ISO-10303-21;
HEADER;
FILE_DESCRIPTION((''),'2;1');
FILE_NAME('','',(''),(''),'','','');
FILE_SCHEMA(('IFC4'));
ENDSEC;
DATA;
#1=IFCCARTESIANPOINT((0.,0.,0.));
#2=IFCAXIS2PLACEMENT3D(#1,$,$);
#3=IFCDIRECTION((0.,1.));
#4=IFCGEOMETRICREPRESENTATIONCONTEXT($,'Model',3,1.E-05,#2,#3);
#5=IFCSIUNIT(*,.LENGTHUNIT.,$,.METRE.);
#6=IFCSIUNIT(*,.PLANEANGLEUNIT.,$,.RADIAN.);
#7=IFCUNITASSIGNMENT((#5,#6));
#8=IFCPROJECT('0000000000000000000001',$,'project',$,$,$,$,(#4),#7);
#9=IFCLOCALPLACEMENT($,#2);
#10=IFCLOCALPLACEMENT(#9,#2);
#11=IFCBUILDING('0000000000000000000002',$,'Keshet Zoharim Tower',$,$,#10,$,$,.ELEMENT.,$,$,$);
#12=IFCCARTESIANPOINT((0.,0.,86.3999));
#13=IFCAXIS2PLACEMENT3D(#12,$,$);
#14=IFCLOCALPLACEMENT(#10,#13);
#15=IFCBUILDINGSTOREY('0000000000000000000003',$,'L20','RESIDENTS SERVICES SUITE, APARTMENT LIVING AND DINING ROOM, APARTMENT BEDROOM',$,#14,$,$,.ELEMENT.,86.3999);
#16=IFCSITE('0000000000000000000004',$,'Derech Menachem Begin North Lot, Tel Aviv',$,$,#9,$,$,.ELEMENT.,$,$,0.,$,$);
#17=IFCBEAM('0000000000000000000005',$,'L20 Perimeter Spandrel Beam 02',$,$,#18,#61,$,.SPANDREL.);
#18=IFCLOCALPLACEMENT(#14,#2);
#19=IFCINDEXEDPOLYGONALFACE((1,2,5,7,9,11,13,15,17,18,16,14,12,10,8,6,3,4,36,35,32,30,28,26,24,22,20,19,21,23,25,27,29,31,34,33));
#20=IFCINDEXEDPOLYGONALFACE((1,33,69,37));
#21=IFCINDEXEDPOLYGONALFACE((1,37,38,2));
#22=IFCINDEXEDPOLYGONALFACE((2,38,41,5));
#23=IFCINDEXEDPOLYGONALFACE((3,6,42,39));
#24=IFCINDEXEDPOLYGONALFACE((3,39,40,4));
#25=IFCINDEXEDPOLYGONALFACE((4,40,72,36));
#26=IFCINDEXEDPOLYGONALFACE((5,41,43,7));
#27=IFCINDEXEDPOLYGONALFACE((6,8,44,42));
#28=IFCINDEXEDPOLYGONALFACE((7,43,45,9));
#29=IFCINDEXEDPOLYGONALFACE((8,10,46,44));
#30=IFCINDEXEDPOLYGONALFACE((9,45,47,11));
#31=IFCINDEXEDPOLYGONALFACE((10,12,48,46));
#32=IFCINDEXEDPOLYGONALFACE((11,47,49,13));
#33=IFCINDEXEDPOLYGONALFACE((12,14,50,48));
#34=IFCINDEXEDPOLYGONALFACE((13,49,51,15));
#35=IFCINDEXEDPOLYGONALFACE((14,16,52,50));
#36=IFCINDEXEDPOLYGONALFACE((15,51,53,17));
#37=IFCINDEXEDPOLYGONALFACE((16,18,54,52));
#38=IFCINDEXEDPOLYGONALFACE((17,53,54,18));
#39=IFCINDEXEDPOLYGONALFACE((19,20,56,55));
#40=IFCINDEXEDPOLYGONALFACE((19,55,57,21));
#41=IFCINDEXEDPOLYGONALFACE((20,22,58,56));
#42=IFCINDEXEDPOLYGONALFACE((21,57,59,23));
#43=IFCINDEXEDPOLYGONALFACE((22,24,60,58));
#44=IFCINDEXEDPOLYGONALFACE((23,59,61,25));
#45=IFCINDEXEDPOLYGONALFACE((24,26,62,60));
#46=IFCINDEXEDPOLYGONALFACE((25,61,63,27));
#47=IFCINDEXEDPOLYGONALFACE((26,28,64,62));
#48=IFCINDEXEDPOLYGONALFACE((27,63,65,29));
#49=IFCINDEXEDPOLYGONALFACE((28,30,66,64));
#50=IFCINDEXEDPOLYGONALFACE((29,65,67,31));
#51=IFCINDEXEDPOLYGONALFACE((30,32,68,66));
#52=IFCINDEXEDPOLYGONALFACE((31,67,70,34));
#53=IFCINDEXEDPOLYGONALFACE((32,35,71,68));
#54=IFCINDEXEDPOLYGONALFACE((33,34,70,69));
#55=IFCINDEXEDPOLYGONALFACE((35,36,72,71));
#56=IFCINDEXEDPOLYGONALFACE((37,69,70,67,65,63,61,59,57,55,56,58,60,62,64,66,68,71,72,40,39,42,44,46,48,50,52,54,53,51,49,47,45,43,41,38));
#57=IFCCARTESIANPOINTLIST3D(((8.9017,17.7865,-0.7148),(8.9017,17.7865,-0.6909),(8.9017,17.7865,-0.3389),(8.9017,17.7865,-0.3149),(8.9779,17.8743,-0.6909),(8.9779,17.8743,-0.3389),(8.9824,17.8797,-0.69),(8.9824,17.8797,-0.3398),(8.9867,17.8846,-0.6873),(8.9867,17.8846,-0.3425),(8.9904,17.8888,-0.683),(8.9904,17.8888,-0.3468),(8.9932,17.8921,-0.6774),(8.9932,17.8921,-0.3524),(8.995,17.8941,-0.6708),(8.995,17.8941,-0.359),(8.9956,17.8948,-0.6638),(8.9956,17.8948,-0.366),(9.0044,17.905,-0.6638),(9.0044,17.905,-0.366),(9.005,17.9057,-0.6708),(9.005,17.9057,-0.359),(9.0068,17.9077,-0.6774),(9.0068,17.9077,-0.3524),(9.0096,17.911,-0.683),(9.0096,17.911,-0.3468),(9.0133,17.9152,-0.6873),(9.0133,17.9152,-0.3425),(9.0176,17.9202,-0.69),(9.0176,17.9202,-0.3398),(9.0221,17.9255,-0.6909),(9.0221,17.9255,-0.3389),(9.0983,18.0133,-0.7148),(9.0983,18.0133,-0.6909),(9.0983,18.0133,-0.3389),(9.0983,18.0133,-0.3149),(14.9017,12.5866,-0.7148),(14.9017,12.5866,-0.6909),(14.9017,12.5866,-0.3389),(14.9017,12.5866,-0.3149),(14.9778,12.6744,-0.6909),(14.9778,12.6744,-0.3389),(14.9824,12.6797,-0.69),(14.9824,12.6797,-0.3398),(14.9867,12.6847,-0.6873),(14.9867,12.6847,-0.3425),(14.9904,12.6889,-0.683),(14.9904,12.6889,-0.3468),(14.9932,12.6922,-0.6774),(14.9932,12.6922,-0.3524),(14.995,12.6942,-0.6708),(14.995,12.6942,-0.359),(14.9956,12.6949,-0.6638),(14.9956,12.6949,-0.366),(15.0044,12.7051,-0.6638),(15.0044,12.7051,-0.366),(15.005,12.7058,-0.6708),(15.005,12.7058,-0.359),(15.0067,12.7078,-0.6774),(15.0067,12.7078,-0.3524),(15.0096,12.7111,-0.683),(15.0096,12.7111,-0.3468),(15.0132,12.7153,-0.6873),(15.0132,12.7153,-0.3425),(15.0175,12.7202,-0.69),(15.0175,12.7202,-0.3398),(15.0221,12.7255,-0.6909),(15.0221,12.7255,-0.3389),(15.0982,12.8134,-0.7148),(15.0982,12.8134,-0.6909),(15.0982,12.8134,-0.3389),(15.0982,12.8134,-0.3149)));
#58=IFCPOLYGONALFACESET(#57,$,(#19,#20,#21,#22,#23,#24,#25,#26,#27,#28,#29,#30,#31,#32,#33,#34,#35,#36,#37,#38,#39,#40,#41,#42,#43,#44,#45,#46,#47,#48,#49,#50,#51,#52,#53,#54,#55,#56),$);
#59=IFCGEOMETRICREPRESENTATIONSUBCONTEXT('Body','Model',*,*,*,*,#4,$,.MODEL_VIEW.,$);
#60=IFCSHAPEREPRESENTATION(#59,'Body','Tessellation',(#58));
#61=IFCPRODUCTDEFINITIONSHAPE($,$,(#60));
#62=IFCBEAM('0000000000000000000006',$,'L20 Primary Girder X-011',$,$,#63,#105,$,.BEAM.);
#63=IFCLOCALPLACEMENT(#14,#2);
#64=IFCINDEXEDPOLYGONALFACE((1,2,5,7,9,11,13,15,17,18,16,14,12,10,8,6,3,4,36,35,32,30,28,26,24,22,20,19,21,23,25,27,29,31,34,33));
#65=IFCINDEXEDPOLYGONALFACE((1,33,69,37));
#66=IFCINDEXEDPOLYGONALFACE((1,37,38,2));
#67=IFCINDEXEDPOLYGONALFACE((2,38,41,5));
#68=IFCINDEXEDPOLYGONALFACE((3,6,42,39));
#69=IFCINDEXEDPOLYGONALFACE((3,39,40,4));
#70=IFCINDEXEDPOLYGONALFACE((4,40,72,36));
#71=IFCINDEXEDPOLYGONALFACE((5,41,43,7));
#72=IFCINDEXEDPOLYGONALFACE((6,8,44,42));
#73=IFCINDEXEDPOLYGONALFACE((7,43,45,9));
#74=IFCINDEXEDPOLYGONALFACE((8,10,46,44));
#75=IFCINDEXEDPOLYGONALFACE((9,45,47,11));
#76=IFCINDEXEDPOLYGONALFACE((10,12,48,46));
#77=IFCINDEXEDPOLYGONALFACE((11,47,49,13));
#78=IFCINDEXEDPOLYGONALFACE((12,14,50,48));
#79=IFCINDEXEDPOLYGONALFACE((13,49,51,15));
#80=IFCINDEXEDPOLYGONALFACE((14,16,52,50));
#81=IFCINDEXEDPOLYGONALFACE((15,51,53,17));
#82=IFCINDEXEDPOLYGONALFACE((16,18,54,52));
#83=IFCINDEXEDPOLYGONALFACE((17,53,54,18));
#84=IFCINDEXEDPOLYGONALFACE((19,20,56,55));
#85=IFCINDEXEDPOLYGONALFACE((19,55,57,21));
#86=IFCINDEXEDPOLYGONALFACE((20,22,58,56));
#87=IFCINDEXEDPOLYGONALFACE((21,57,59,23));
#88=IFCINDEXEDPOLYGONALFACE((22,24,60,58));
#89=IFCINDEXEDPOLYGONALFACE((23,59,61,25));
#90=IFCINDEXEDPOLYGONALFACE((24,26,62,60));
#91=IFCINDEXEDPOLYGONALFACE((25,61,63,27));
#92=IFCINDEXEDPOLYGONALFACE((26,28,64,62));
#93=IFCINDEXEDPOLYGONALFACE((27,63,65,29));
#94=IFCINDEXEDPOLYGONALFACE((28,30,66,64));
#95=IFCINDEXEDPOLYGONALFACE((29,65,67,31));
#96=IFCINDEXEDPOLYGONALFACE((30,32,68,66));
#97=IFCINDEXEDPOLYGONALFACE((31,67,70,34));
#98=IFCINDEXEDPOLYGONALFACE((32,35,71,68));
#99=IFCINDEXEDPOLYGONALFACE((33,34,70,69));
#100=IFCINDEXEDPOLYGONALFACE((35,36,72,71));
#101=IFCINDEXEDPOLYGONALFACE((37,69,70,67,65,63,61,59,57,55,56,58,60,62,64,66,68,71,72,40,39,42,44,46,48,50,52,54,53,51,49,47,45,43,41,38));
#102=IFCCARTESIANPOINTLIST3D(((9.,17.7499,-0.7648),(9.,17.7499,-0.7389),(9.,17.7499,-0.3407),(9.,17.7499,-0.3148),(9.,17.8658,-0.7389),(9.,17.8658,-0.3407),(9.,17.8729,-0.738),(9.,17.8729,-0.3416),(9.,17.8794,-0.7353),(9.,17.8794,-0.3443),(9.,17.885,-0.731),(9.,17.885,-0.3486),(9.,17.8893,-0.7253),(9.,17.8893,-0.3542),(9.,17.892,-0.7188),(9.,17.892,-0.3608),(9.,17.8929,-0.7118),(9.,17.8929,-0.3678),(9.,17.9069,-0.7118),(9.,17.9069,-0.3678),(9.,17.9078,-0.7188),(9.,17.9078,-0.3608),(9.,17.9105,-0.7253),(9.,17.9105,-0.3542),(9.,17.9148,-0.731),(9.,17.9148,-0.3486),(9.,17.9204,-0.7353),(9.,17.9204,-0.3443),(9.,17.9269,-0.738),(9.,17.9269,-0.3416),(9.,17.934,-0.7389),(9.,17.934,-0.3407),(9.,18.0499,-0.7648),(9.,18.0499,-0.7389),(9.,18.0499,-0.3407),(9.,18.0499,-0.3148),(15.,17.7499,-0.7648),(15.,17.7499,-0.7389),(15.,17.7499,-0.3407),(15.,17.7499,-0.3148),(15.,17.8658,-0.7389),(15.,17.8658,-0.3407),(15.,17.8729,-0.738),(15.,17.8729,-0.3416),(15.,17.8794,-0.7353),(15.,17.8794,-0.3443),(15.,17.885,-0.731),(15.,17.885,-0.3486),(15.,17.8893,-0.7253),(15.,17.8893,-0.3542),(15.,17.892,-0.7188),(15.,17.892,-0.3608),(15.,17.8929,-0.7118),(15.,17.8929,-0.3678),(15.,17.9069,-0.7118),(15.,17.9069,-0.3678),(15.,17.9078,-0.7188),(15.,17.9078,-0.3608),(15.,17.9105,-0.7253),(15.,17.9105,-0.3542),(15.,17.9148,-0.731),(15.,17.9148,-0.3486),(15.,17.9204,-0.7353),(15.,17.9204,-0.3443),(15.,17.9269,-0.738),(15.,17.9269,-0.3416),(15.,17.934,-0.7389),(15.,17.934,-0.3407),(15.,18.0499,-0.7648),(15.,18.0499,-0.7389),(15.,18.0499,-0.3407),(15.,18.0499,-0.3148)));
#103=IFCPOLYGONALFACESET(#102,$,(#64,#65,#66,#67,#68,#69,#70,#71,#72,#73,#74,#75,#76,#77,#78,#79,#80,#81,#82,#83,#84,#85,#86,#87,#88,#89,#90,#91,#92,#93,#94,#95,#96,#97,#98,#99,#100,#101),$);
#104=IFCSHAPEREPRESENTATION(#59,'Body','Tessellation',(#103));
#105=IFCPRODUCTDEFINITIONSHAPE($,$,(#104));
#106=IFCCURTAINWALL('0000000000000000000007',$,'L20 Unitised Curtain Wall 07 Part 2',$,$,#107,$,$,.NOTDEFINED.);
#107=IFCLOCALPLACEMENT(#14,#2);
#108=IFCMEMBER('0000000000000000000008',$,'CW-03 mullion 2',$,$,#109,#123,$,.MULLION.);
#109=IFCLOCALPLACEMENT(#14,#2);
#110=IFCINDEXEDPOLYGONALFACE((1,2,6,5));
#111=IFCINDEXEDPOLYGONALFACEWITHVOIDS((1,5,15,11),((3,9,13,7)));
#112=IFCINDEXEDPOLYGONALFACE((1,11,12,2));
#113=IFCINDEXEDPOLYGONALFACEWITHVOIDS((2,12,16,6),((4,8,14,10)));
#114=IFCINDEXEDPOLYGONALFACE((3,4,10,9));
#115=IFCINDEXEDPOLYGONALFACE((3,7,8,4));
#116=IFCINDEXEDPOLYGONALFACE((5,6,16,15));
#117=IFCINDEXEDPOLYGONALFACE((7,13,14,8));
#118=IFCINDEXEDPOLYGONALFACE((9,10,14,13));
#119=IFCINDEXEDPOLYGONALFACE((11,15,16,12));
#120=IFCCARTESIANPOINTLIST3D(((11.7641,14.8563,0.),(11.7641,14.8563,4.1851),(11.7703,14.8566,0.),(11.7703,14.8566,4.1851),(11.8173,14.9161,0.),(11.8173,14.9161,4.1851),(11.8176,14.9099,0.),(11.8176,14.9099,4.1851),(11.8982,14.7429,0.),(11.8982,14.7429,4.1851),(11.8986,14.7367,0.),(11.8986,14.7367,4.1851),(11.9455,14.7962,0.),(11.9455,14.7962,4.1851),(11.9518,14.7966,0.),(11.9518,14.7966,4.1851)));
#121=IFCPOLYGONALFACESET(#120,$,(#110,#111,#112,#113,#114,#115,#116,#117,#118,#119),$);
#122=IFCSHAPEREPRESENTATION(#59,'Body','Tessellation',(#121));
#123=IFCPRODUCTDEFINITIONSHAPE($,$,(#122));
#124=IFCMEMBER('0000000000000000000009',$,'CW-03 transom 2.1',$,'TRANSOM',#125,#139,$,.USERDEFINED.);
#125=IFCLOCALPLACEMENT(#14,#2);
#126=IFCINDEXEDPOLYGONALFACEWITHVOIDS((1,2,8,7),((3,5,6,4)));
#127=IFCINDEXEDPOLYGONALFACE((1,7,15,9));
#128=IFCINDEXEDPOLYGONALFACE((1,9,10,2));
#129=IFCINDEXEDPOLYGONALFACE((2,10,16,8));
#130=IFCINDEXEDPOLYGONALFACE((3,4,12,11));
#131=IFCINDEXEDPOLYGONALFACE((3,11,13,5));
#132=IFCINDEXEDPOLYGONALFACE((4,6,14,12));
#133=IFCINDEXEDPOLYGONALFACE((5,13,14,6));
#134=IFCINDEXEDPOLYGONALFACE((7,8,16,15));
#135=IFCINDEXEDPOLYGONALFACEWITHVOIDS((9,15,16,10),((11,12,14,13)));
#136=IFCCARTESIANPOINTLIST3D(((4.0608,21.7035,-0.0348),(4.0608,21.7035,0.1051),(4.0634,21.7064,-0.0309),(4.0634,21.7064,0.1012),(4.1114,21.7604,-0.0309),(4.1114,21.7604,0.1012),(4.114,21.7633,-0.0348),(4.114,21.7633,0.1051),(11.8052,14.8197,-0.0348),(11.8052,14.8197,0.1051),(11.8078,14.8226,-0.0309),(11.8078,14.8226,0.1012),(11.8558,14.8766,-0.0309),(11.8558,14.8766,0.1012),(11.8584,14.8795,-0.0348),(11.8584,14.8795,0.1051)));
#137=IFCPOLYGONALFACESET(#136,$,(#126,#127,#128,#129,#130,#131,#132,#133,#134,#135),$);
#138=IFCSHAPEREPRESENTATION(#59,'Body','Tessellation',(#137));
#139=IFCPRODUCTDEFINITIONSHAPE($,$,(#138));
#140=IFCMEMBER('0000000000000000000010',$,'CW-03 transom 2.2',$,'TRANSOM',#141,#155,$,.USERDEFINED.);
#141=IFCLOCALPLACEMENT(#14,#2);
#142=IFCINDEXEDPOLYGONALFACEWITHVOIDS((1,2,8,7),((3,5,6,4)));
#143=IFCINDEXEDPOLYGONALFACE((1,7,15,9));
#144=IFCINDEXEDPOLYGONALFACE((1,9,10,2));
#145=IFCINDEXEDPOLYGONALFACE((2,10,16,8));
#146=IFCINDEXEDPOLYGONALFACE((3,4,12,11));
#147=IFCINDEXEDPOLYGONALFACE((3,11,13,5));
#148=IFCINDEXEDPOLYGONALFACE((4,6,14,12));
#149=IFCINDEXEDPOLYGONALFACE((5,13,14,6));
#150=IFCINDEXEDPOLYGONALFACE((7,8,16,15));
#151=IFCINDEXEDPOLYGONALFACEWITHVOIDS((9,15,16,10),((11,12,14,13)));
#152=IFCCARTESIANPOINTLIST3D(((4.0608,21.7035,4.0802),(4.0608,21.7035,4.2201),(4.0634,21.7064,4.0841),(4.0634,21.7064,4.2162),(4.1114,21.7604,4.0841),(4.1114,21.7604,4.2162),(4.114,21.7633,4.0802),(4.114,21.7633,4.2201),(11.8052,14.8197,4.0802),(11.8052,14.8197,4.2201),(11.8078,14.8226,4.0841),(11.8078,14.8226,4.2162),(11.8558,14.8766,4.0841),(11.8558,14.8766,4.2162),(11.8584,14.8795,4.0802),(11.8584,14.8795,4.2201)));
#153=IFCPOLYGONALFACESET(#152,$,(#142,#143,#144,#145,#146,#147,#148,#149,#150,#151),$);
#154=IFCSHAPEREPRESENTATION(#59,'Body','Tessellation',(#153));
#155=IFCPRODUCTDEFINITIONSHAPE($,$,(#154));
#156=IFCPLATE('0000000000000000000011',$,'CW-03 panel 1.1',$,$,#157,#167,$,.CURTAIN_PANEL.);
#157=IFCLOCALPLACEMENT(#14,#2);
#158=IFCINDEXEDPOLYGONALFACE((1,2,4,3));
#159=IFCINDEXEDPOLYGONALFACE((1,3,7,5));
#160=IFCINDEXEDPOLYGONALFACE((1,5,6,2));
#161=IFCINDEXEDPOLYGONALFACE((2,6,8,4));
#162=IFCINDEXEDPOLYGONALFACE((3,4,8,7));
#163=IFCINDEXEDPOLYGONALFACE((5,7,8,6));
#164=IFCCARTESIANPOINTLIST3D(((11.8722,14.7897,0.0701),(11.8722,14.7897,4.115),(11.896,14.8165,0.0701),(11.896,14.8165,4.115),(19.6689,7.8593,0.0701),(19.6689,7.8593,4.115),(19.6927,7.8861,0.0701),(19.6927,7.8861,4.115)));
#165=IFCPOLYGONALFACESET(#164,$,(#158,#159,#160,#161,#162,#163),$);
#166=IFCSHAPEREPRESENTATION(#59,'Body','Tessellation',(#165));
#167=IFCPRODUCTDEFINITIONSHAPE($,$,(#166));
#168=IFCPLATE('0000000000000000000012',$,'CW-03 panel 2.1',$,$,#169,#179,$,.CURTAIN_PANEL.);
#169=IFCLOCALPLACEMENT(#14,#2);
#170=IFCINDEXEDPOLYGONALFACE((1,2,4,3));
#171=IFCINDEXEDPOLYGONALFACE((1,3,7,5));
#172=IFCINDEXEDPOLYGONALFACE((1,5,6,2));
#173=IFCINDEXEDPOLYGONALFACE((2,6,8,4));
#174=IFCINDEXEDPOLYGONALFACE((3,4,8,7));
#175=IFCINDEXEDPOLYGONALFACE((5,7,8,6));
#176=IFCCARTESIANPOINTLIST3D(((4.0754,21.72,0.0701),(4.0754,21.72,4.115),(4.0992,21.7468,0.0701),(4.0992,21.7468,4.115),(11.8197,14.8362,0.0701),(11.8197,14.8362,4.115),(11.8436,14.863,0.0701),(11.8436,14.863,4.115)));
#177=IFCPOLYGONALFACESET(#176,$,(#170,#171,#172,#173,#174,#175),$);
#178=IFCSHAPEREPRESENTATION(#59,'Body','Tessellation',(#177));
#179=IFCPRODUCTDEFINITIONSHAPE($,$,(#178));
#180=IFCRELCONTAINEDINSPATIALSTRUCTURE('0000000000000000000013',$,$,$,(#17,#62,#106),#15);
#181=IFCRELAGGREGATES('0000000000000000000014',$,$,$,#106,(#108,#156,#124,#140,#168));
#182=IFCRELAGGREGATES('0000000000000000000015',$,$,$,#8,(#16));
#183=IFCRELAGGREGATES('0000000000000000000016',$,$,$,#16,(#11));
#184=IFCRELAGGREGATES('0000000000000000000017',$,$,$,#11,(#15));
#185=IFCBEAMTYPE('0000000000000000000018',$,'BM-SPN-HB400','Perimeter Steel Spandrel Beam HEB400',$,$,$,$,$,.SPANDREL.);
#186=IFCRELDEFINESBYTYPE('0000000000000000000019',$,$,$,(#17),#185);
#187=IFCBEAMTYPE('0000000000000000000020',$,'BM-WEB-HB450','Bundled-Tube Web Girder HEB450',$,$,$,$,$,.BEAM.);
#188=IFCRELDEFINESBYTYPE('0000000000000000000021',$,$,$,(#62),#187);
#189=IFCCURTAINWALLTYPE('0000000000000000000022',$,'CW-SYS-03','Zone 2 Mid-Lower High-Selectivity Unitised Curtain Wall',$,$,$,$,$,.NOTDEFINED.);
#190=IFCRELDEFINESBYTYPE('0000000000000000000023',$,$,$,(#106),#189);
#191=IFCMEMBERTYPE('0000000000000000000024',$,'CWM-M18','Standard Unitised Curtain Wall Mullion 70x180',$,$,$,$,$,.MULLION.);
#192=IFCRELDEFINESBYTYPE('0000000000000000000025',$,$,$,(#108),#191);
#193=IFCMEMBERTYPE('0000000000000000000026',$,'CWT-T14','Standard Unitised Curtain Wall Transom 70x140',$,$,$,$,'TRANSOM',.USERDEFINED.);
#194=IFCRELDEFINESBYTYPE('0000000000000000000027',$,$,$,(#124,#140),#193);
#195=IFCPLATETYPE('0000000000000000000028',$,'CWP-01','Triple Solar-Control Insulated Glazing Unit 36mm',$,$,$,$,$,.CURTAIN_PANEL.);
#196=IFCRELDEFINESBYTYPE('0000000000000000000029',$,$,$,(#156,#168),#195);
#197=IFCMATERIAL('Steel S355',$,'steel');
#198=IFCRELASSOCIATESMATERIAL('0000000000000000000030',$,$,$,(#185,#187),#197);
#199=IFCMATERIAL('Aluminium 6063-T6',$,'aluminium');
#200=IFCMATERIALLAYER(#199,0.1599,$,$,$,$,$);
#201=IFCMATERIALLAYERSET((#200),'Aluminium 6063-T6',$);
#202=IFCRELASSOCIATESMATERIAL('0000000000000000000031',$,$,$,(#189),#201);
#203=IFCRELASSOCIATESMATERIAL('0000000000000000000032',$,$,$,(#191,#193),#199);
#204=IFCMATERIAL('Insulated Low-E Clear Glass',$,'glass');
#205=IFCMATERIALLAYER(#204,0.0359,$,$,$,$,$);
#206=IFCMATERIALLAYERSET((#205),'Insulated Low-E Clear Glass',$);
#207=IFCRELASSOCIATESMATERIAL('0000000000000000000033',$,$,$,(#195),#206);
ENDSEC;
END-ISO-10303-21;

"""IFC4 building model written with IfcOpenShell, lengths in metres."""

from ifc_helpers import new_model, si_unit, direction, frame, origin, origin_2d, place, context, subcontext, project, spatial, rectangle, hollow_rectangle, i_section, extrude, material, layer, layer_set, material_profile, profile_set, type_object, element, aggregate, save


model = new_model("IFC4")

# Units and contexts
model_context = context("Model", 3, precision=1e-05, world=origin(), true_north=direction((0.0, 1.0)))
body_context = subcontext(model_context, "Body", "Model", "MODEL_VIEW")
ifc_project = project(units=[si_unit("LENGTHUNIT", "METRE"), si_unit("PLANEANGLEUNIT", "RADIAN")], contexts=[model_context])

# Site, building, storey
site_placement = place(None, origin())
site = spatial("IfcSite", under=ifc_project, at=site_placement, Name="Derech Menachem Begin North Lot, Tel Aviv", CompositionType="ELEMENT", RefElevation=0.0)
building_placement = place(site_placement, origin())
building = spatial("IfcBuilding", under=site, at=building_placement, Name="Keshet Zoharim Tower", CompositionType="ELEMENT")
storey_placement = place(building_placement, frame((0.0, 0.0, 86.3999)))
storey = spatial("IfcBuildingStorey", under=building, at=storey_placement, Name="L20", Description="RESIDENTS SERVICES SUITE, APARTMENT LIVING AND DINING ROOM, APARTMENT BEDROOM", CompositionType="ELEMENT", Elevation=86.3999)

# Shared definitions
ifc_material_1 = material(Name="Steel S355", Category="steel")

# Beams
ifc_material_profile_1 = material_profile(ifc_material_1, i_section(OverallWidth=0.3, OverallDepth=0.3999, WebThickness=0.0134, FlangeThickness=0.0239, FilletRadius=0.0271, at=origin_2d()), Name="HEB400")
ifc_profile_set_1 = profile_set([ifc_material_profile_1], Name="Steel S355")
beam_type_1 = type_object("IfcBeamType", Name="BM-SPN-HB400", Description="Perimeter Steel Spandrel Beam HEB400", PredefinedType="SPANDREL", material=ifc_profile_set_1)
beam_1_placement = place(storey_placement, frame((9.0, 17.8999, -0.5149), z_axis=(0.755692, -0.654927, 0.0), x_axis=(0.654927, 0.755692, 0.0)))
element("IfcBeam", 1, at=beam_1_placement, inside=storey, type_object=beam_type_1, Name="L20 Perimeter Spandrel Beam 02", PredefinedType="SPANDREL", context=body_context, shape_type="SweptSolid", body=[
    extrude(i_section(OverallWidth=0.3, OverallDepth=0.3999, WebThickness=0.0134, FlangeThickness=0.0239, FilletRadius=0.0271, at=origin_2d()), origin(), (0.0, 0.0, 1.0), 7.9397),
])
ifc_material_profile_2 = material_profile(ifc_material_1, i_section(OverallWidth=0.3, OverallDepth=0.45, WebThickness=0.0139, FlangeThickness=0.0259, FilletRadius=0.0271, at=origin_2d()), Name="HEB450")
ifc_profile_set_2 = profile_set([ifc_material_profile_2], Name="Steel S355")
beam_type_2 = type_object("IfcBeamType", Name="BM-WEB-HB450", Description="Bundled-Tube Web Girder HEB450", PredefinedType="BEAM", material=ifc_profile_set_2)
beam_2_placement = place(storey_placement, frame((9.0, 17.8999, -0.5398), z_axis=(1.0, 0.0, 0.0), x_axis=(0.0, 1.0, 0.0)))
element("IfcBeam", 2, at=beam_2_placement, inside=storey, type_object=beam_type_2, Name="L20 Primary Girder X-011", PredefinedType="BEAM", context=body_context, shape_type="SweptSolid", body=[
    extrude(i_section(OverallWidth=0.3, OverallDepth=0.45, WebThickness=0.0139, FlangeThickness=0.0259, FilletRadius=0.0271, at=origin_2d()), origin(), (0.0, 0.0, 1.0), 6.0),
])

# Curtain wall, members, plates
ifc_material_2 = material(Name="Aluminium 6063-T6", Category="aluminium")
ifc_layer_1 = layer(ifc_material_2, 0.1599)
ifc_layer_set_1 = layer_set([ifc_layer_1], Name="Aluminium 6063-T6")
curtain_wall_type = type_object("IfcCurtainWallType", Name="CW-SYS-03", Description="Zone 2 Mid-Lower High-Selectivity Unitised Curtain Wall", PredefinedType="NOTDEFINED", material=ifc_layer_set_1)
curtain_wall_placement = place(storey_placement, origin())
curtain_wall = element("IfcCurtainWall", 3, at=curtain_wall_placement, inside=storey, type_object=curtain_wall_type, Name="L20 Unitised Curtain Wall 07 Part 2", PredefinedType="NOTDEFINED")
ifc_material_profile_3 = material_profile(ifc_material_2, hollow_rectangle(XDim=0.0801, YDim=0.1799, WallThickness=0.0044, at=origin_2d()), Name="MUL-80x180")
ifc_profile_set_3 = profile_set([ifc_material_profile_3], Name="Aluminium 6063-T6")
member_type_1 = type_object("IfcMemberType", Name="CWM-M18", Description="Standard Unitised Curtain Wall Mullion 70x180", PredefinedType="MULLION", material=ifc_profile_set_3)
member_1_placement = place(storey_placement, frame((11.8579, 14.8264, 0.0), z_axis=(0.0, 0.0, 1.0), x_axis=(-0.664364, -0.747409, 0.0)))
member_1 = element("IfcMember", 4, at=member_1_placement, type_object=member_type_1, Name="CW-03 mullion 2", PredefinedType="MULLION", context=body_context, shape_type="SweptSolid", body=[
    extrude(hollow_rectangle(XDim=0.0801, YDim=0.1799, WallThickness=0.0044, at=origin_2d()), origin(), (0.0, 0.0, 1.0), 4.1851),
])
ifc_material_profile_4 = material_profile(ifc_material_2, hollow_rectangle(XDim=0.0801, YDim=0.1399, WallThickness=0.0039, at=origin_2d()), Name="TRN-80x140")
ifc_profile_set_4 = profile_set([ifc_material_profile_4], Name="Aluminium 6063-T6")
member_type_2 = type_object("IfcMemberType", Name="CWT-T14", Description="Standard Unitised Curtain Wall Transom 70x140", ElementType="TRANSOM", PredefinedType="USERDEFINED", material=ifc_profile_set_4)
member_2_placement = place(storey_placement, frame((11.8318, 14.8496, 0.0352), z_axis=(-0.747415, 0.664358, 0.0), x_axis=(-0.664358, -0.747415, 0.0)))
member_2 = element("IfcMember", 5, at=member_2_placement, type_object=member_type_2, Name="CW-03 transom 2.1", ObjectType="TRANSOM", PredefinedType="USERDEFINED", context=body_context, shape_type="SweptSolid", body=[
    extrude(hollow_rectangle(XDim=0.0801, YDim=0.1399, WallThickness=0.0039, at=origin_2d()), origin(), (0.0, 0.0, 1.0), 10.3616),
])
member_3_placement = place(storey_placement, frame((11.8318, 14.8496, 4.1501), z_axis=(-0.747415, 0.664358, 0.0), x_axis=(-0.664358, -0.747415, 0.0)))
member_3 = element("IfcMember", 6, at=member_3_placement, type_object=member_type_2, Name="CW-03 transom 2.2", ObjectType="TRANSOM", PredefinedType="USERDEFINED", context=body_context, shape_type="SweptSolid", body=[
    extrude(hollow_rectangle(XDim=0.0801, YDim=0.1399, WallThickness=0.0039, at=origin_2d()), origin(), (0.0, 0.0, 1.0), 10.3616),
])
ifc_material_3 = material(Name="Insulated Low-E Clear Glass", Category="glass")
ifc_layer_2 = layer(ifc_material_3, 0.0359)
ifc_layer_set_2 = layer_set([ifc_layer_2], Name="Insulated Low-E Clear Glass")
plate_type = type_object("IfcPlateType", Name="CWP-01", Description="Triple Solar-Control Insulated Glazing Unit 36mm", PredefinedType="CURTAIN_PANEL", material=ifc_layer_set_2)
plate_1_placement = place(storey_placement, frame((15.7825, 11.3379, 0.0701), z_axis=(0.0, 0.0, 1.0), x_axis=(-0.747409, 0.664364, 0.0)))
plate_1 = element("IfcPlate", 7, at=plate_1_placement, type_object=plate_type, Name="CW-03 panel 1.1", PredefinedType="CURTAIN_PANEL", context=body_context, shape_type="SweptSolid", body=[
    extrude(rectangle(XDim=10.4316, YDim=0.0359, at=origin_2d()), origin(), (0.0, 0.0, 1.0), 4.0449),
])
plate_2_placement = place(storey_placement, frame((7.9595, 18.2915, 0.0701), z_axis=(0.0, 0.0, 1.0), x_axis=(-0.747409, 0.664364, 0.0)))
plate_2 = element("IfcPlate", 8, at=plate_2_placement, type_object=plate_type, Name="CW-03 panel 2.1", PredefinedType="CURTAIN_PANEL", context=body_context, shape_type="SweptSolid", body=[
    extrude(rectangle(XDim=10.3616, YDim=0.0359, at=origin_2d()), origin(), (0.0, 0.0, 1.0), 4.0449),
])
aggregate(curtain_wall, [member_1, plate_1, member_2, member_3, plate_2])

save(model, "model.ifc")
